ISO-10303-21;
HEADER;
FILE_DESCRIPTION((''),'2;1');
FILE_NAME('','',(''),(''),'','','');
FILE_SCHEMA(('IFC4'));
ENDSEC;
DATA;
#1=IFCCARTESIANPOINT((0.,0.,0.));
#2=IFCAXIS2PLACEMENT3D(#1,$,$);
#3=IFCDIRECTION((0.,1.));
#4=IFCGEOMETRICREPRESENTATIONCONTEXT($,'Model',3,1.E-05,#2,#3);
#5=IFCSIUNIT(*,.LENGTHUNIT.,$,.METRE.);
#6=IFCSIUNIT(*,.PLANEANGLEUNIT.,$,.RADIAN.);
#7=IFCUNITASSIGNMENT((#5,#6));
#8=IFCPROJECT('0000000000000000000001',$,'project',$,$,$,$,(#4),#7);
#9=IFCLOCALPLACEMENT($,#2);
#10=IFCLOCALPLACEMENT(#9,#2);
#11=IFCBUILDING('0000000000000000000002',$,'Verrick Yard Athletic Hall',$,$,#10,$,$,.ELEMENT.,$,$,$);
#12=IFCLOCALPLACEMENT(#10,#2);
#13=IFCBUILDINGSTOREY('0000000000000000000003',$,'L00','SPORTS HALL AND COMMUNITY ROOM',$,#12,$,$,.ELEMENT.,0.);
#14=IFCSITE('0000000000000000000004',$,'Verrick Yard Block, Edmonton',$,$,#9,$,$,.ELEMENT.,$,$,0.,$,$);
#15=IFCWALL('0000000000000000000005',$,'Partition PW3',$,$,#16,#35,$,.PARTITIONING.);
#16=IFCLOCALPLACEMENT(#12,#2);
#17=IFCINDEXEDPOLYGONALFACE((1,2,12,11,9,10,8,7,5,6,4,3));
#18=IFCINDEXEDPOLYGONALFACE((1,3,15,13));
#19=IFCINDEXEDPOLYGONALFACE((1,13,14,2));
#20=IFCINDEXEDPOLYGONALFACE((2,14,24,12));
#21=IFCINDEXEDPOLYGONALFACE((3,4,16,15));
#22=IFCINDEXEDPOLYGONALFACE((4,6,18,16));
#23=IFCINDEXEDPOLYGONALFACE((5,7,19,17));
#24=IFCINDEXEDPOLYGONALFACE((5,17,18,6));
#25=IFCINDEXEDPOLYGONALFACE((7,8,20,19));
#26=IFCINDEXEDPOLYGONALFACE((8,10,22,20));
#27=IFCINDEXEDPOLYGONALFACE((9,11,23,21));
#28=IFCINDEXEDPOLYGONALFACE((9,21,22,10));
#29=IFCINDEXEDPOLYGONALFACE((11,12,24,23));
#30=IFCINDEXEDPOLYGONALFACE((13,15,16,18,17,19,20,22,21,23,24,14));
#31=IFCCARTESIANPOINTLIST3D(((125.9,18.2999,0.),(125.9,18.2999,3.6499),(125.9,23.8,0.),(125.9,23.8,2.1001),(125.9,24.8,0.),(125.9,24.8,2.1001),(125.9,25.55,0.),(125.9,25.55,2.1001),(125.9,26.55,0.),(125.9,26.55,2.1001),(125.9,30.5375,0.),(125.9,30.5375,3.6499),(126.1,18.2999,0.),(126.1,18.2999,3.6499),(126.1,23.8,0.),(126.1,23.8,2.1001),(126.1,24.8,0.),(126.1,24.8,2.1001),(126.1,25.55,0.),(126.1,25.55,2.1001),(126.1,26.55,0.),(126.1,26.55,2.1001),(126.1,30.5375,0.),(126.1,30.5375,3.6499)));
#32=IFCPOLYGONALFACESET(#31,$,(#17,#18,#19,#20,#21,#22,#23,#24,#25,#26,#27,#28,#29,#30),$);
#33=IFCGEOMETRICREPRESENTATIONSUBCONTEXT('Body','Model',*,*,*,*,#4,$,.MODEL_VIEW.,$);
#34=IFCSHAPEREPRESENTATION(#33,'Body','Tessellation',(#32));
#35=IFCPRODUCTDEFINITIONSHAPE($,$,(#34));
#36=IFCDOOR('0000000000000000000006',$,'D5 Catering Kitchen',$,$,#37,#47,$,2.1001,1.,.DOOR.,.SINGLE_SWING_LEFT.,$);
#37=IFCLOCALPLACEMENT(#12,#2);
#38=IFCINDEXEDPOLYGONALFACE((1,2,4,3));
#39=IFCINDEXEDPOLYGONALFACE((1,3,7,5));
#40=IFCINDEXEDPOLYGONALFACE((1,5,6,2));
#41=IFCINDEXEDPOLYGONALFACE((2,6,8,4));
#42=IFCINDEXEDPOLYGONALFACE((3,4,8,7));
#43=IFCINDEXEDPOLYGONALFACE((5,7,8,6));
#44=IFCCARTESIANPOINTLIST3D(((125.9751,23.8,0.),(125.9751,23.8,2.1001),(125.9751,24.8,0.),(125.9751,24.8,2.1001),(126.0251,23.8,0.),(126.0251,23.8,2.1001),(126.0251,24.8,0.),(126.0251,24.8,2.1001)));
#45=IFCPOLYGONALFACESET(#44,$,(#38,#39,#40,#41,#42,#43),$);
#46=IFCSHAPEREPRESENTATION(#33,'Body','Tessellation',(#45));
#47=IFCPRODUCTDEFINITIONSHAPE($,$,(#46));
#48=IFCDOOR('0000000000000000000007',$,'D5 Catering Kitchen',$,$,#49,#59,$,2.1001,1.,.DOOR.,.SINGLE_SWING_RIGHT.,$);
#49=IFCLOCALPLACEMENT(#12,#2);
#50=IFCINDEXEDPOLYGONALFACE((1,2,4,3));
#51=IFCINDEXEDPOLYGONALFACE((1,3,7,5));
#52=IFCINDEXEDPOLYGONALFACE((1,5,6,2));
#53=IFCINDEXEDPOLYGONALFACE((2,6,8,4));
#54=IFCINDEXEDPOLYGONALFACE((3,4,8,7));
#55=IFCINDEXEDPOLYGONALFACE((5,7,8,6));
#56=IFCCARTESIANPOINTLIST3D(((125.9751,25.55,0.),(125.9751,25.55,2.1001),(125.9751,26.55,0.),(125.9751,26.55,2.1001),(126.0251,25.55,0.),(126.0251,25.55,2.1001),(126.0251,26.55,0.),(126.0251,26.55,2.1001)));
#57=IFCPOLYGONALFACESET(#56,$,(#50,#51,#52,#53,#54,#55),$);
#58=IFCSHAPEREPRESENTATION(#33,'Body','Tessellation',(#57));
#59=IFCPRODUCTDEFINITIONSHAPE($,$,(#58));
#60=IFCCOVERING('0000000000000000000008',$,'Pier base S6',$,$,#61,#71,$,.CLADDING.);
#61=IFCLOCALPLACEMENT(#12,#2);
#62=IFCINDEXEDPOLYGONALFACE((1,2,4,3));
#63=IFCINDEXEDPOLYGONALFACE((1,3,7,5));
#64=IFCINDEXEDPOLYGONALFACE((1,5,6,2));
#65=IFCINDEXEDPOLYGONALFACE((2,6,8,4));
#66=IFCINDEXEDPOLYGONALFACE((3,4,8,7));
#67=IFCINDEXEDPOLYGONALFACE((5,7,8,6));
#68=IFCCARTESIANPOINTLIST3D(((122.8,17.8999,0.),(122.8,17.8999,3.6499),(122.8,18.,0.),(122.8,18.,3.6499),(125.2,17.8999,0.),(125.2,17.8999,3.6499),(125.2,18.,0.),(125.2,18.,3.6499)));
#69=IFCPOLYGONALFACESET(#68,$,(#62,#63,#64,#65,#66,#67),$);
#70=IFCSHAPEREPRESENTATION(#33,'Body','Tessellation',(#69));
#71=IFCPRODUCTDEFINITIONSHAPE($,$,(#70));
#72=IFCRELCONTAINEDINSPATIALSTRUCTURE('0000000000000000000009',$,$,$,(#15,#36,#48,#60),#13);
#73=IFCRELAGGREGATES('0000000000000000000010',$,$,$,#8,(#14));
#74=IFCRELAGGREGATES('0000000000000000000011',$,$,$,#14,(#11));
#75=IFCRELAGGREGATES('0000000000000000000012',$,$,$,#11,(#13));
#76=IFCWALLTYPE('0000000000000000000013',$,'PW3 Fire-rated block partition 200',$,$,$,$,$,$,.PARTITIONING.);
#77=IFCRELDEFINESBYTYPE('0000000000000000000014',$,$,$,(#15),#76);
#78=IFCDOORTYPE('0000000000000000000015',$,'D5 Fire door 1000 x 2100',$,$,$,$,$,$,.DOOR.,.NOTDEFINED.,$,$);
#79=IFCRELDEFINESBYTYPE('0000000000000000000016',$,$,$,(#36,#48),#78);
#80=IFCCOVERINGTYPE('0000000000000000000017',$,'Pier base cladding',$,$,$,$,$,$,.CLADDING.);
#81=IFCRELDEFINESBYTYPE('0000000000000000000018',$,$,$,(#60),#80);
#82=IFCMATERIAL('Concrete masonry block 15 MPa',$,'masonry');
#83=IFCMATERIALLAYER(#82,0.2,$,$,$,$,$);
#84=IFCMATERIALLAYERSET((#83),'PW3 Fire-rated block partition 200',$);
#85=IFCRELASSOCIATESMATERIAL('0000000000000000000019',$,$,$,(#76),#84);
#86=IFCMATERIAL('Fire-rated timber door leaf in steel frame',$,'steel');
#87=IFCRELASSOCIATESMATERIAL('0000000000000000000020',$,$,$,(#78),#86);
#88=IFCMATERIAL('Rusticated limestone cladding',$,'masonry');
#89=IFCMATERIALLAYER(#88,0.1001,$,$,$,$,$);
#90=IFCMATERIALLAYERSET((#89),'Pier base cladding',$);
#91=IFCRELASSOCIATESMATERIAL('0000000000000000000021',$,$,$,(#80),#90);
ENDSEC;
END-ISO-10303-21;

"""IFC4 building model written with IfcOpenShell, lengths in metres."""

from ifc_helpers import new_model, si_unit, direction, frame, frame_2d, origin, origin_2d, place, context, subcontext, project, spatial, rectangle, extrude, material, layer, layer_set, type_object, element, fill, save


model = new_model("IFC4")

# Units and contexts
model_context = context("Model", 3, precision=1e-05, world=origin(), true_north=direction((0.0, 1.0)))
body_context = subcontext(model_context, "Body", "Model", "MODEL_VIEW")
ifc_project = project(units=[si_unit("LENGTHUNIT", "METRE"), si_unit("PLANEANGLEUNIT", "RADIAN")], contexts=[model_context])

# Site, building, storey
site_placement = place(None, origin())
site = spatial("IfcSite", under=ifc_project, at=site_placement, Name="Verrick Yard Block, Edmonton", CompositionType="ELEMENT", RefElevation=0.0)
building_placement = place(site_placement, origin())
building = spatial("IfcBuilding", under=site, at=building_placement, Name="Verrick Yard Athletic Hall", CompositionType="ELEMENT")
storey_placement = place(building_placement, origin())
storey = spatial("IfcBuildingStorey", under=building, at=storey_placement, Name="L00", Description="SPORTS HALL AND COMMUNITY ROOM", CompositionType="ELEMENT", Elevation=0.0)

# Wall, openings, doors
ifc_material_1 = material(Name="Concrete masonry block 15 MPa", Category="masonry")
ifc_layer_1 = layer(ifc_material_1, 0.2)
ifc_layer_set_1 = layer_set([ifc_layer_1], Name="PW3 Fire-rated block partition 200")
wall_type_1 = type_object("IfcWallType", Name="PW3 Fire-rated block partition 200", PredefinedType="PARTITIONING", material=ifc_layer_set_1)
wall_1_placement = place(storey_placement, frame((126.0, 18.3, 0.0), z_axis=(0.0, 0.0, 1.0), x_axis=(0.0, 1.0, 0.0)))
wall_1 = element("IfcWall", 1, at=wall_1_placement, inside=storey, type_object=wall_type_1, Name="Partition PW3", PredefinedType="PARTITIONING", context=body_context, shape_type="SweptSolid", body=[
    extrude(rectangle(XDim=12.2375, YDim=0.2, at=frame_2d((6.1187, 0.0))), origin(), (0.0, 0.0, 1.0), 3.6499),
])
opening_1_placement = place(wall_1_placement, frame((5.5, 0.0, 0.0)))
opening_1 = element("IfcOpeningElement", 2, at=opening_1_placement, cuts=wall_1, PredefinedType="OPENING", context=body_context, shape_type="SweptSolid", body=[
    extrude(rectangle(XDim=1.0, YDim=2.1001, at=frame_2d((0.5, 1.05))), frame((0.0, 0.1099, 0.0), z_axis=(0.0, -1.0, 0.0), x_axis=(1.0, 0.0, 0.0)), (0.0, 0.0, 1.0), 0.22),
])
opening_2_placement = place(wall_1_placement, frame((7.25, 0.0, 0.0)))
opening_2 = element("IfcOpeningElement", 3, at=opening_2_placement, cuts=wall_1, PredefinedType="OPENING", context=body_context, shape_type="SweptSolid", body=[
    extrude(rectangle(XDim=1.0, YDim=2.1001, at=frame_2d((0.5, 1.05))), frame((0.0, 0.1099, 0.0), z_axis=(0.0, -1.0, 0.0), x_axis=(1.0, 0.0, 0.0)), (0.0, 0.0, 1.0), 0.22),
])
ifc_material_2 = material(Name="Fire-rated timber door leaf in steel frame", Category="steel")
door_type_1 = type_object("IfcDoorType", Name="D5 Fire door 1000 x 2100", OperationType="NOTDEFINED", PredefinedType="DOOR", material=ifc_material_2)
door_1_placement = place(opening_1_placement, origin())
door_1 = element("IfcDoor", 4, at=door_1_placement, inside=storey, type_object=door_type_1, Name="D5 Catering Kitchen", OperationType="SINGLE_SWING_LEFT", OverallHeight=2.1001, OverallWidth=1.0, PredefinedType="DOOR", context=body_context, shape_type="SweptSolid", body=[
    extrude(rectangle(XDim=1.0, YDim=2.1001, at=frame_2d((0.5, 1.05))), frame((0.0, 0.0249, 0.0), z_axis=(0.0, -1.0, 0.0), x_axis=(1.0, 0.0, 0.0)), (0.0, 0.0, 1.0), 0.05),
])
fill(opening_1, door_1)
door_2_placement = place(opening_2_placement, origin())
door_2 = element("IfcDoor", 5, at=door_2_placement, inside=storey, type_object=door_type_1, Name="D5 Catering Kitchen", OperationType="SINGLE_SWING_RIGHT", OverallHeight=2.1001, OverallWidth=1.0, PredefinedType="DOOR", context=body_context, shape_type="SweptSolid", body=[
    extrude(rectangle(XDim=1.0, YDim=2.1001, at=frame_2d((0.5, 1.05))), frame((0.0, 0.0249, 0.0), z_axis=(0.0, -1.0, 0.0), x_axis=(1.0, 0.0, 0.0)), (0.0, 0.0, 1.0), 0.05),
])
fill(opening_2, door_2)

# Shared definitions
ifc_material_3 = material(Name="Rusticated limestone cladding", Category="masonry")

# Covering
ifc_layer_2 = layer(ifc_material_3, 0.1001)
ifc_layer_set_2 = layer_set([ifc_layer_2], Name="Pier base cladding")
covering_type = type_object("IfcCoveringType", Name="Pier base cladding", PredefinedType="CLADDING", material=ifc_layer_set_2)
covering_placement = place(storey_placement, frame((124.0, 17.95, 0.0), z_axis=(0.0, 0.0, 1.0), x_axis=(1.0, 0.0, 0.0)))
element("IfcCovering", 6, at=covering_placement, inside=storey, type_object=covering_type, Name="Pier base S6", PredefinedType="CLADDING", context=body_context, shape_type="SweptSolid", body=[
    extrude(rectangle(XDim=2.3999, YDim=0.1001, at=origin_2d()), origin(), (0.0, 0.0, 1.0), 3.6499),
])

save(model, "model.ifc")
